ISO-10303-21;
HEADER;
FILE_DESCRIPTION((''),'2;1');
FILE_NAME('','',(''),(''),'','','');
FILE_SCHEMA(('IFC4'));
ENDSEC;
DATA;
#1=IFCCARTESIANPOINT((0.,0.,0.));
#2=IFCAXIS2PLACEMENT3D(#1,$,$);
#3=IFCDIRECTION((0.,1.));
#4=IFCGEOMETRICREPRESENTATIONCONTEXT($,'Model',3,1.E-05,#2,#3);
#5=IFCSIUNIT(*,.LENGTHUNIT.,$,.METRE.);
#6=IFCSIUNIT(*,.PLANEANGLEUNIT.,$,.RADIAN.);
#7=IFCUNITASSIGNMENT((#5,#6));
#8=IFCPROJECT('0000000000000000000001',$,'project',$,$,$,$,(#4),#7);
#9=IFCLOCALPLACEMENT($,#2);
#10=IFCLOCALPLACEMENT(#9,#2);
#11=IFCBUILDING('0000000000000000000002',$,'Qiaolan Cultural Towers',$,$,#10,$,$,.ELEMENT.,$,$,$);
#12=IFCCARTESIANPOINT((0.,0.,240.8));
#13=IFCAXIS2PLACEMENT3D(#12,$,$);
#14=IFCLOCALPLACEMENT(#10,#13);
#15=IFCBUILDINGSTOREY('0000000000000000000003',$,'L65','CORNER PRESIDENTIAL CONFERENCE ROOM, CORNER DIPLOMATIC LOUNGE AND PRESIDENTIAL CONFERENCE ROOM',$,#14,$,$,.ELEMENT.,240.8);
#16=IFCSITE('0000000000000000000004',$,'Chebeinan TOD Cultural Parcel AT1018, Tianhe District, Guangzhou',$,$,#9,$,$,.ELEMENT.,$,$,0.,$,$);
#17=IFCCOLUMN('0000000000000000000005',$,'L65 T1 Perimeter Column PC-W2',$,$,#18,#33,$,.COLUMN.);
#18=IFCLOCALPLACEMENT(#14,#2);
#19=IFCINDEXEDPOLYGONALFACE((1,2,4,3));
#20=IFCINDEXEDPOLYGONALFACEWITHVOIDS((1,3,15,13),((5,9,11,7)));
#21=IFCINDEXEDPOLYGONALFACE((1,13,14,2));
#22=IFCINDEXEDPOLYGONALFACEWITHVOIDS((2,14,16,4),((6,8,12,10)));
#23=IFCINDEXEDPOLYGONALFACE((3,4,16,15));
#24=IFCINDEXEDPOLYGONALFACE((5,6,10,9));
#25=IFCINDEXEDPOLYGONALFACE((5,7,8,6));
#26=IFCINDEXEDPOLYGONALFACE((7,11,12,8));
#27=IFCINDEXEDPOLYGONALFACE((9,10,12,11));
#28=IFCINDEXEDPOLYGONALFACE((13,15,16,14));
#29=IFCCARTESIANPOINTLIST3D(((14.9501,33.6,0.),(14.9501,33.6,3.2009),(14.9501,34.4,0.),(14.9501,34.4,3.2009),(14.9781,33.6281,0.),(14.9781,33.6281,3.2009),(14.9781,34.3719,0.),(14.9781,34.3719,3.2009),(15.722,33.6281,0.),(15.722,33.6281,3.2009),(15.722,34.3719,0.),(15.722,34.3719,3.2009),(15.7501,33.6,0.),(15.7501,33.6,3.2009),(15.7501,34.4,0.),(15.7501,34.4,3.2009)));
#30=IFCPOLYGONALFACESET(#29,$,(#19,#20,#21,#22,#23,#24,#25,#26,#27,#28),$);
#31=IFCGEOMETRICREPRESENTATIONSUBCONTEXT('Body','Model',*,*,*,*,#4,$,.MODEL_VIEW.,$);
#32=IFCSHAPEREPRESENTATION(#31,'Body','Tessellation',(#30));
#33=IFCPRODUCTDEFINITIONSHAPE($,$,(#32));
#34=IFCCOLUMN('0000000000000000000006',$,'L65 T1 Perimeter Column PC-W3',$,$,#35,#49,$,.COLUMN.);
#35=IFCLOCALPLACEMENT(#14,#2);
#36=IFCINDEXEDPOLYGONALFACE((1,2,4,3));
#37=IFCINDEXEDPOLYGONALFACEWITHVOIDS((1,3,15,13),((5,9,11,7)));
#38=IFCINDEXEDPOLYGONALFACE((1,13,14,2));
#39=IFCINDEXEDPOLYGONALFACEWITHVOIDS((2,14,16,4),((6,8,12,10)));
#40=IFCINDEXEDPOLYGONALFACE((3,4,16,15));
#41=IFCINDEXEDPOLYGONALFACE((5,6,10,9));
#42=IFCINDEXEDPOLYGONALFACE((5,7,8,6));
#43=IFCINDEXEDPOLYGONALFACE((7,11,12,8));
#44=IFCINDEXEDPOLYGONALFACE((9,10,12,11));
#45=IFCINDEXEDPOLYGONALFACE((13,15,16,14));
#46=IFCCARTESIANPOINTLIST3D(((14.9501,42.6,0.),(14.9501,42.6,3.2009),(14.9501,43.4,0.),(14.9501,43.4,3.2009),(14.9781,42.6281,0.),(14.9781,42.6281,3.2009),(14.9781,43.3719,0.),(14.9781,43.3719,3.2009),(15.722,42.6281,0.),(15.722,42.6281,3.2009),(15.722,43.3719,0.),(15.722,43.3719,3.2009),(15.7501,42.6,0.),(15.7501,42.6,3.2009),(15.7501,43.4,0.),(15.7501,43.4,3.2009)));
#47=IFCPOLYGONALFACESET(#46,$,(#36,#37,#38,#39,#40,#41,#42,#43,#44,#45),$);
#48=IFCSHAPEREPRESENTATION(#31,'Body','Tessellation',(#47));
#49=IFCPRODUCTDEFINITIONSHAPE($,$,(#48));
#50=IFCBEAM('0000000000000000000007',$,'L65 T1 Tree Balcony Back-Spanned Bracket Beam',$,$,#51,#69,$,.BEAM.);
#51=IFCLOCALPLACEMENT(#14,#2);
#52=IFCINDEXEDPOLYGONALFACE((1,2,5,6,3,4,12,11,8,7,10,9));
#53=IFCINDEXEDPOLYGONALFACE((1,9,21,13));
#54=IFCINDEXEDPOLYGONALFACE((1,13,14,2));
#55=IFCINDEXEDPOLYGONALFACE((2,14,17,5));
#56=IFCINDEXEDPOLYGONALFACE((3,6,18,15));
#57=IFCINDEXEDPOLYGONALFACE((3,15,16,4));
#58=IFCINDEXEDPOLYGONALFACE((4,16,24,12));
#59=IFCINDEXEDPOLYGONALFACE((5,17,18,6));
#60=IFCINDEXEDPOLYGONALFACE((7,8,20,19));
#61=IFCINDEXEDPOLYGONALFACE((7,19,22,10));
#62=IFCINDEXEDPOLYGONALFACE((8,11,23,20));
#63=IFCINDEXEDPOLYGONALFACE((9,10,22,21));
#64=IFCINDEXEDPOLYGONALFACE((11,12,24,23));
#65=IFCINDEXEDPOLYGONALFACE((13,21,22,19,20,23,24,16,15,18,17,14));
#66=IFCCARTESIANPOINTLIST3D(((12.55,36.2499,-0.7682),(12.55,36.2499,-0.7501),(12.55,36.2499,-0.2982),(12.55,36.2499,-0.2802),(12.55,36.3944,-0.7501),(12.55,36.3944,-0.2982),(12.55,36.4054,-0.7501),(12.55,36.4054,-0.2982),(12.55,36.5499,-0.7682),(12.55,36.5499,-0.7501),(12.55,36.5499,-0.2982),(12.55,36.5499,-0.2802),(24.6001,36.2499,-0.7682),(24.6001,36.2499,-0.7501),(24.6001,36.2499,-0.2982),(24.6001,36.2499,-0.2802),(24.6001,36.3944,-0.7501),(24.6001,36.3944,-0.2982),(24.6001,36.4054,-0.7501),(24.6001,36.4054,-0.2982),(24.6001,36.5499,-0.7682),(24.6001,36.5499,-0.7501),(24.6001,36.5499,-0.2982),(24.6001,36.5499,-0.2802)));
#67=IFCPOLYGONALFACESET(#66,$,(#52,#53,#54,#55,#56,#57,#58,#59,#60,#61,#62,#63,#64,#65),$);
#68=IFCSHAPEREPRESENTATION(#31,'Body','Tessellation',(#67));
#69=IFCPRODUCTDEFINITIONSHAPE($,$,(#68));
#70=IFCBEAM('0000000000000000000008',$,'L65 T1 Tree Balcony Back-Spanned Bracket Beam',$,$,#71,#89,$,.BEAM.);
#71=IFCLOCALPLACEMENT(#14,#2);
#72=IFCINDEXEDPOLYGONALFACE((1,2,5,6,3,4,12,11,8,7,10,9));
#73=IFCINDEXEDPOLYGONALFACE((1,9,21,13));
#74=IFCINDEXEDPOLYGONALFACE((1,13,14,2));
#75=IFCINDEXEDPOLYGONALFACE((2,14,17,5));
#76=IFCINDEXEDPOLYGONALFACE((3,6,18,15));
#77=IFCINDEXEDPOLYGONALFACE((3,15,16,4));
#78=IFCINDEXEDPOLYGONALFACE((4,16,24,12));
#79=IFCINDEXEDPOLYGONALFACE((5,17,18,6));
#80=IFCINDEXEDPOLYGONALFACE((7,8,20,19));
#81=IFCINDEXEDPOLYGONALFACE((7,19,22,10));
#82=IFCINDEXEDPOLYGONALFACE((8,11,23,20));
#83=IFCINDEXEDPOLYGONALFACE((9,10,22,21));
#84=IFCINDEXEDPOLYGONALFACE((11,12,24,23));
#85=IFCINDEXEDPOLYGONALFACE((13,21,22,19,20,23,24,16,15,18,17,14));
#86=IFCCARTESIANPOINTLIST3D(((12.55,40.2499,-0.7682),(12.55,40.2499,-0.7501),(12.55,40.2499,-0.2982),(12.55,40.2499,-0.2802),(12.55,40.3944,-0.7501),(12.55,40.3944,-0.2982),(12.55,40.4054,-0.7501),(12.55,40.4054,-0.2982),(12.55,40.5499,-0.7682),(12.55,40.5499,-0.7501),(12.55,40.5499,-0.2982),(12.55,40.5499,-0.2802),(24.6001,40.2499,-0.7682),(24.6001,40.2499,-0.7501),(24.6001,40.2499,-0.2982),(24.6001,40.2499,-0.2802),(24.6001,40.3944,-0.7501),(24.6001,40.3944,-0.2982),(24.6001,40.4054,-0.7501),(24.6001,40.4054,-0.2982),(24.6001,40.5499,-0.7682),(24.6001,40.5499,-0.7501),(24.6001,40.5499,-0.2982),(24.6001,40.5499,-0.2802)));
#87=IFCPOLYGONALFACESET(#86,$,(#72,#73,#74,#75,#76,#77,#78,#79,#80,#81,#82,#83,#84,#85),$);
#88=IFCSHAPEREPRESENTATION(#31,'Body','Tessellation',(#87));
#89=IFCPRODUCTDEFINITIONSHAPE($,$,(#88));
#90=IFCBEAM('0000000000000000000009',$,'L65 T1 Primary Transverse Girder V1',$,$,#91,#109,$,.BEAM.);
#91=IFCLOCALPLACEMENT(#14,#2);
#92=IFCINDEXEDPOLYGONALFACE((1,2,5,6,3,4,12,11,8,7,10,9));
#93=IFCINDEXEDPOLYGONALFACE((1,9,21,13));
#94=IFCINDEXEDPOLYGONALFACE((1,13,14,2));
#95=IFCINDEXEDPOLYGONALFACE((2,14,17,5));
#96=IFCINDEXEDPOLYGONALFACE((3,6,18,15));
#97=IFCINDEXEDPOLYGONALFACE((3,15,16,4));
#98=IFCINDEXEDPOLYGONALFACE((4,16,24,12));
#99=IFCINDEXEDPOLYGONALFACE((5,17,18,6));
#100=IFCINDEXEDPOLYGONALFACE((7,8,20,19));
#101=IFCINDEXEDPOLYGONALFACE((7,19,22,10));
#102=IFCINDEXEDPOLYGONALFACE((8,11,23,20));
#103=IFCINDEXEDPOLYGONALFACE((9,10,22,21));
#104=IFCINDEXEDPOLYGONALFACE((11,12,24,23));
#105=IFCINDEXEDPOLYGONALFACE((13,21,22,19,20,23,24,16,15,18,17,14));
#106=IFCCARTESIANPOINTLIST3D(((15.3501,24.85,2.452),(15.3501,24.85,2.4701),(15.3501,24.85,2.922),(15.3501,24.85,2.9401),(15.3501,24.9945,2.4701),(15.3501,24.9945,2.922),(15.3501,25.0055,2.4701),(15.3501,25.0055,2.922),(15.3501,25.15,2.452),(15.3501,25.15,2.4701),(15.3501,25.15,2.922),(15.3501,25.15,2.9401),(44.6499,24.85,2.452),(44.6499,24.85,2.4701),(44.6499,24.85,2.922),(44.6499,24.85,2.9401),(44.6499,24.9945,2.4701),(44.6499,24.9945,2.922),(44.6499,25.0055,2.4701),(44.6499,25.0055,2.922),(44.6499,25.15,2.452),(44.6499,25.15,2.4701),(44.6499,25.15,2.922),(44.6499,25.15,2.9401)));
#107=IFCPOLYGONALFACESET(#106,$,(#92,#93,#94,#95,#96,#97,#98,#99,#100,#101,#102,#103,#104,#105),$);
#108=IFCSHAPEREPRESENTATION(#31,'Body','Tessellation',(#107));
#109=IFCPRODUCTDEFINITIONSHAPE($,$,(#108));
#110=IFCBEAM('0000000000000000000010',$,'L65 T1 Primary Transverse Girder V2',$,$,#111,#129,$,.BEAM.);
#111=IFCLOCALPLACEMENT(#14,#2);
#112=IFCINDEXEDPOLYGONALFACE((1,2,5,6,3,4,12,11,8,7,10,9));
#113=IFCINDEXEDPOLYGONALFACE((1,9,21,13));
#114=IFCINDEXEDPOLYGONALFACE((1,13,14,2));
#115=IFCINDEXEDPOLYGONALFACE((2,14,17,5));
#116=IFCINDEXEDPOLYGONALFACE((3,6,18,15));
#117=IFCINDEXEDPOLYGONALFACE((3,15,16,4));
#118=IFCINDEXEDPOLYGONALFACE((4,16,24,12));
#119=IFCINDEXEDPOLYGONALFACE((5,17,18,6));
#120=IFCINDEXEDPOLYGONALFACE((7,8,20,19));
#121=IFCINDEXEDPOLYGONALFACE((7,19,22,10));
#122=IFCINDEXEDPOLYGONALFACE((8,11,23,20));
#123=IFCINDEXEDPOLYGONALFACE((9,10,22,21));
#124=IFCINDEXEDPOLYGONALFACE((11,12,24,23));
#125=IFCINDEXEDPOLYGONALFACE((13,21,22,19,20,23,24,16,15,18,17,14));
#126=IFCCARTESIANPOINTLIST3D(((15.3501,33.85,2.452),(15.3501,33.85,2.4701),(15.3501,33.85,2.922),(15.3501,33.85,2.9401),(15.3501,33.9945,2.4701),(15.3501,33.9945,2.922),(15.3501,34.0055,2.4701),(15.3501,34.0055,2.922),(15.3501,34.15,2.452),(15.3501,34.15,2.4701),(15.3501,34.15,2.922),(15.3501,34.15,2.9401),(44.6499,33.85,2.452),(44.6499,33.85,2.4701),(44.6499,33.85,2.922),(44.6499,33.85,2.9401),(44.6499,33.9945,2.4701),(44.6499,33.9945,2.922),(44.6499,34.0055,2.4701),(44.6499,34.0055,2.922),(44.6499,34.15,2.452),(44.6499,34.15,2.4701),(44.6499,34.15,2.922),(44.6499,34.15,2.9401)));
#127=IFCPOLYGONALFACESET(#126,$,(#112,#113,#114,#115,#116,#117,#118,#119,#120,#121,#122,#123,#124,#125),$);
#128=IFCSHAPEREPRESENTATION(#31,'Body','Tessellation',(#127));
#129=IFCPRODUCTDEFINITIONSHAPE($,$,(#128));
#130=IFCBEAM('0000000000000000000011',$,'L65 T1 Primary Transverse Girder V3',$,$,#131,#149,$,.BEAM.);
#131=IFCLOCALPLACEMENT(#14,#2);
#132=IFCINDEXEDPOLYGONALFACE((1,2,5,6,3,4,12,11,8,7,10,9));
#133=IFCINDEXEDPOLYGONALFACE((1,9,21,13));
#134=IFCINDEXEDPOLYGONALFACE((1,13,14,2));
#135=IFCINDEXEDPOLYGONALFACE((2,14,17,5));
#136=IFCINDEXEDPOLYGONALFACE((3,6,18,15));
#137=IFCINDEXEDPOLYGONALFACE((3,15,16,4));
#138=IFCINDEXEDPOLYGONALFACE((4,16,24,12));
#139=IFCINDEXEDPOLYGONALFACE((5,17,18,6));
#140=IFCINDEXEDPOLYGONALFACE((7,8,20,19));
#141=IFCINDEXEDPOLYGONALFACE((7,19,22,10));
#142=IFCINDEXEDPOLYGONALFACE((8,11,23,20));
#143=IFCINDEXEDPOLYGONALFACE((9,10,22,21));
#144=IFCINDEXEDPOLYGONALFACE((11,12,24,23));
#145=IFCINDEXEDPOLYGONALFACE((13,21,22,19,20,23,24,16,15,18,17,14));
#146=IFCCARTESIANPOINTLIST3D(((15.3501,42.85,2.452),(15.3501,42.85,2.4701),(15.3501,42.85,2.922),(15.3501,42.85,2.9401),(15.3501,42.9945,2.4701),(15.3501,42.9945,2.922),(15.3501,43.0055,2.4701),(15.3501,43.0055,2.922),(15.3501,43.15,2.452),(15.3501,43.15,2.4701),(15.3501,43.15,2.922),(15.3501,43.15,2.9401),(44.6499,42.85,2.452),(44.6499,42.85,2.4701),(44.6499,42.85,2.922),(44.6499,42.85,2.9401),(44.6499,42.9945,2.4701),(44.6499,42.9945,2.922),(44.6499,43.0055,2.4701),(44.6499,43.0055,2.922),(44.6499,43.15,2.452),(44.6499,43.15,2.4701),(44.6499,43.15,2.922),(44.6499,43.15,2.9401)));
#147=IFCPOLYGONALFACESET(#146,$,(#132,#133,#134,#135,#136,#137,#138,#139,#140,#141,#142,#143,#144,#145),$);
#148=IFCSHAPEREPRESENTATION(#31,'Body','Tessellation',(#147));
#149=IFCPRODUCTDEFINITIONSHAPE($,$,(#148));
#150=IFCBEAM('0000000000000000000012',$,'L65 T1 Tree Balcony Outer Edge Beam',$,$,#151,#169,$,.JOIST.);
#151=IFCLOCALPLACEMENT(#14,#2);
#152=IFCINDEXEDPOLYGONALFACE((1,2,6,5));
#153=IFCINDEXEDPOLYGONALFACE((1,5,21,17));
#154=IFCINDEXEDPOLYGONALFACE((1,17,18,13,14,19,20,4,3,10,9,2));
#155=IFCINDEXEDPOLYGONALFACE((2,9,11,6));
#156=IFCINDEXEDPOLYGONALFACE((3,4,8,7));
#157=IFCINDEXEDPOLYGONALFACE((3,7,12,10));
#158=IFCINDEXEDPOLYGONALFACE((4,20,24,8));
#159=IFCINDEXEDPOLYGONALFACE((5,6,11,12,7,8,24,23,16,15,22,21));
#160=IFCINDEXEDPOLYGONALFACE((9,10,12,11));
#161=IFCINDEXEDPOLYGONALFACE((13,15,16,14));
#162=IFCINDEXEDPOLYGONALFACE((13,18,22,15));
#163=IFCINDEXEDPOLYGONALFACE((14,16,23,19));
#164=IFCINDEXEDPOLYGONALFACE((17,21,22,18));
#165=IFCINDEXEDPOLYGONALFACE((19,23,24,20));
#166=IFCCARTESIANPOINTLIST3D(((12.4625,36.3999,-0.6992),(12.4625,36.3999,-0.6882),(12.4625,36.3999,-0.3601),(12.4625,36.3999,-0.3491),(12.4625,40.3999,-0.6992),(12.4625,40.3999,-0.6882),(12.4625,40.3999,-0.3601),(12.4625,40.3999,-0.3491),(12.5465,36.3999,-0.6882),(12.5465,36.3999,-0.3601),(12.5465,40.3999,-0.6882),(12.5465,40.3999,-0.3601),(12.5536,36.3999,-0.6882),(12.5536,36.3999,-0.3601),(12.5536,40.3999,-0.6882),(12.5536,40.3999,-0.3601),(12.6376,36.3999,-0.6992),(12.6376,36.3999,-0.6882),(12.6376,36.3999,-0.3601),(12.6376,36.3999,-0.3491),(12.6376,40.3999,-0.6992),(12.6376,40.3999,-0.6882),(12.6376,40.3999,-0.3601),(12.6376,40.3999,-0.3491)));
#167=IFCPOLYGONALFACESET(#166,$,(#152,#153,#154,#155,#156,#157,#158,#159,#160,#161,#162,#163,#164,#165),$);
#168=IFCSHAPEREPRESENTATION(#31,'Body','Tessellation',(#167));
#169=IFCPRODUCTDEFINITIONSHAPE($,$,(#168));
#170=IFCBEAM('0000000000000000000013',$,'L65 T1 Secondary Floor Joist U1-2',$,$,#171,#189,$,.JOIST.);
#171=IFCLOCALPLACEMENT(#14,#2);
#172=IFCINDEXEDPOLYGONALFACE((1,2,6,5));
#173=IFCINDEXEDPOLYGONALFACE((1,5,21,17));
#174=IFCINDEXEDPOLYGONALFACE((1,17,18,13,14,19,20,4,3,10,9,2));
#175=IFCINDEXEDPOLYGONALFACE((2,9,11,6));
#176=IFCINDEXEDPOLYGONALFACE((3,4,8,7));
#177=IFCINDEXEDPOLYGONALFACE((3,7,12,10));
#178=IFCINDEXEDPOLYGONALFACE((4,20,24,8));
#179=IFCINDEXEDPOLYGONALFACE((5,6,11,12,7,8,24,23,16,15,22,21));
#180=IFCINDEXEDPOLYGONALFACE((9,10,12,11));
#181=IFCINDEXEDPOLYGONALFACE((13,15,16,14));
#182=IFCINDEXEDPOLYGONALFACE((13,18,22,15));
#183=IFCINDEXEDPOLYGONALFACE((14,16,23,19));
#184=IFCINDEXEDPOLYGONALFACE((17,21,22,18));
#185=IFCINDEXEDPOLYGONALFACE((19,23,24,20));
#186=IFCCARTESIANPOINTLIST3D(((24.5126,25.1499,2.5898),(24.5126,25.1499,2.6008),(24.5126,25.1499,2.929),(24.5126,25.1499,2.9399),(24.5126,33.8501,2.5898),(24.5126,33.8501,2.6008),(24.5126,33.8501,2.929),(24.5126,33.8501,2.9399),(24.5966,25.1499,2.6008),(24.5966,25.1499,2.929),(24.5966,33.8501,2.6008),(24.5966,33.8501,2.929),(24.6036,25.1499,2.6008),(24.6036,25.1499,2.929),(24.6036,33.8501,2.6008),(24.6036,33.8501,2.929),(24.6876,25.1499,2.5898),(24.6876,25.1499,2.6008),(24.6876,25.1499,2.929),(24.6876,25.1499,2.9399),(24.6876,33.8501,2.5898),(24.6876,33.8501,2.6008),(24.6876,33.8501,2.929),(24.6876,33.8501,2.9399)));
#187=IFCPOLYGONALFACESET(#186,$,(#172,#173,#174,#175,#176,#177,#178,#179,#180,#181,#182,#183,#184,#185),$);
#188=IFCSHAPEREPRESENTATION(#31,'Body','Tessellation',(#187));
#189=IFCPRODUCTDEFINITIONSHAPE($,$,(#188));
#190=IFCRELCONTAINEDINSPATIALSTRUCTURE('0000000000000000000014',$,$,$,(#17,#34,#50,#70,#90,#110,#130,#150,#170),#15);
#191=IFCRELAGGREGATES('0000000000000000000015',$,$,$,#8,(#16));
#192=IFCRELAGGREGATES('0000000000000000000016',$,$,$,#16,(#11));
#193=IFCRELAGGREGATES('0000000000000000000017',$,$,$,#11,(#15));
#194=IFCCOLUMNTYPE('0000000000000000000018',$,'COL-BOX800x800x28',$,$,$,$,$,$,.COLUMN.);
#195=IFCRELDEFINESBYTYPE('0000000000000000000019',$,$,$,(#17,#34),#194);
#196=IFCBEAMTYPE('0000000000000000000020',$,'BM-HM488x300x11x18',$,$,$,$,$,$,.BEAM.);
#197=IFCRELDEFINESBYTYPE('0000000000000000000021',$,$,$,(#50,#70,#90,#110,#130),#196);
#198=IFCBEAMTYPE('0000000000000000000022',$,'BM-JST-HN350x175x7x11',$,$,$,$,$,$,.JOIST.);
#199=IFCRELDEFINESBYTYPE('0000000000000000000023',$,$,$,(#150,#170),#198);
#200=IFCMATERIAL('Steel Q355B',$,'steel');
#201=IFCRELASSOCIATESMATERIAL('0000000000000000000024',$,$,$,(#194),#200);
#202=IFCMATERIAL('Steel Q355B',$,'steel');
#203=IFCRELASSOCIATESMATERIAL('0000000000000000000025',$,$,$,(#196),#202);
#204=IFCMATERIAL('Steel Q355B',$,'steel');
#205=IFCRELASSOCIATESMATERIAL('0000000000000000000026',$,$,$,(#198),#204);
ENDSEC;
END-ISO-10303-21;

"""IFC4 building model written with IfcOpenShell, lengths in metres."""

from ifc_helpers import new_model, si_unit, direction, frame, origin, origin_2d, place, context, subcontext, project, spatial, hollow_rectangle, i_section, extrude, material, material_profile, profile_set, type_object, element, save


model = new_model("IFC4")

# Units and contexts
model_context = context("Model", 3, precision=1e-05, world=origin(), true_north=direction((0.0, 1.0)))
body_context = subcontext(model_context, "Body", "Model", "MODEL_VIEW")
ifc_project = project(units=[si_unit("LENGTHUNIT", "METRE"), si_unit("PLANEANGLEUNIT", "RADIAN")], contexts=[model_context])

# Site, building, storey
site_placement = place(None, origin())
site = spatial("IfcSite", under=ifc_project, at=site_placement, Name="Chebeinan TOD Cultural Parcel AT1018, Tianhe District, Guangzhou", CompositionType="ELEMENT", RefElevation=0.0)
building_placement = place(site_placement, origin())
building = spatial("IfcBuilding", under=site, at=building_placement, Name="Qiaolan Cultural Towers", CompositionType="ELEMENT")
storey_placement = place(building_placement, frame((0.0, 0.0, 240.8)))
storey = spatial("IfcBuildingStorey", under=building, at=storey_placement, Name="L65", Description="CORNER PRESIDENTIAL CONFERENCE ROOM, CORNER DIPLOMATIC LOUNGE AND PRESIDENTIAL CONFERENCE ROOM", CompositionType="ELEMENT", Elevation=240.8)

# Columns
ifc_material_1 = material(Name="Steel Q355B", Category="steel")
ifc_material_profile_1 = material_profile(ifc_material_1, hollow_rectangle(XDim=0.8, YDim=0.8, WallThickness=0.0281, at=origin_2d()), Name="BOX800x800x28")
ifc_profile_set_1 = profile_set([ifc_material_profile_1], Name="Steel Q355B")
column_type = type_object("IfcColumnType", Name="COL-BOX800x800x28", PredefinedType="COLUMN", material=ifc_profile_set_1)
for number, where, z_axis, x_axis, name in (
    (1, (15.3501, 34.0, 0.0), (0.0, 0.0, 1.0), (1.0, 0.0, 0.0), "L65 T1 Perimeter Column PC-W2"),
    (2, (15.3501, 43.0, 0.0), (0.0, 0.0, 1.0), (1.0, 0.0, 0.0), "L65 T1 Perimeter Column PC-W3"),
):
    element("IfcColumn", number, at=place(storey_placement, frame(where, z_axis=z_axis, x_axis=x_axis)), inside=storey, type_object=column_type, Name=name, PredefinedType="COLUMN", context=body_context, shape_type="SweptSolid", body=[
        extrude(hollow_rectangle(XDim=0.8, YDim=0.8, WallThickness=0.0281, at=origin_2d()), origin(), (0.0, 0.0, 1.0), 3.2009),
    ])

# Beams
ifc_material_2 = material(Name="Steel Q355B", Category="steel")
ifc_material_profile_2 = material_profile(ifc_material_2, i_section(OverallWidth=0.3, OverallDepth=0.488, WebThickness=0.011, FlangeThickness=0.0181, at=origin_2d()), Name="HM488x300x11x18")
ifc_profile_set_2 = profile_set([ifc_material_profile_2], Name="Steel Q355B")
beam_type_1 = type_object("IfcBeamType", Name="BM-HM488x300x11x18", PredefinedType="BEAM", material=ifc_profile_set_2)
for number, where, z_axis, x_axis, name in (
    (3, (24.6001, 36.3999, -0.5242), (-1.0, 0.0, 0.0), (0.0, -1.0, 0.0), "L65 T1 Tree Balcony Back-Spanned Bracket Beam"),
    (4, (24.6001, 40.3999, -0.5242), (-1.0, 0.0, 0.0), (0.0, -1.0, 0.0), "L65 T1 Tree Balcony Back-Spanned Bracket Beam"),
):
    element("IfcBeam", number, at=place(storey_placement, frame(where, z_axis=z_axis, x_axis=x_axis)), inside=storey, type_object=beam_type_1, Name=name, PredefinedType="BEAM", context=body_context, shape_type="SweptSolid", body=[
        extrude(i_section(OverallWidth=0.3, OverallDepth=0.488, WebThickness=0.011, FlangeThickness=0.0181, at=origin_2d()), origin(), (0.0, 0.0, 1.0), 12.05),
    ])
for number, where, z_axis, x_axis, name in (
    (5, (15.3501, 25.0, 2.696), (1.0, 0.0, 0.0), (0.0, 1.0, 0.0), "L65 T1 Primary Transverse Girder V1"),
    (6, (15.3501, 34.0, 2.696), (1.0, 0.0, 0.0), (0.0, 1.0, 0.0), "L65 T1 Primary Transverse Girder V2"),
    (7, (15.3501, 43.0, 2.696), (1.0, 0.0, 0.0), (0.0, 1.0, 0.0), "L65 T1 Primary Transverse Girder V3"),
):
    element("IfcBeam", number, at=place(storey_placement, frame(where, z_axis=z_axis, x_axis=x_axis)), inside=storey, type_object=beam_type_1, Name=name, PredefinedType="BEAM", context=body_context, shape_type="SweptSolid", body=[
        extrude(i_section(OverallWidth=0.3, OverallDepth=0.488, WebThickness=0.011, FlangeThickness=0.0181, at=origin_2d()), origin(), (0.0, 0.0, 1.0), 29.2998),
    ])
ifc_material_3 = material(Name="Steel Q355B", Category="steel")
ifc_material_profile_3 = material_profile(ifc_material_3, i_section(OverallWidth=0.175, OverallDepth=0.3501, WebThickness=0.0071, FlangeThickness=0.011, at=origin_2d()), Name="HN350x175x7x11")
ifc_profile_set_3 = profile_set([ifc_material_profile_3], Name="Steel Q355B")
beam_type_2 = type_object("IfcBeamType", Name="BM-JST-HN350x175x7x11", PredefinedType="JOIST", material=ifc_profile_set_3)
beam_1_placement = place(storey_placement, frame((12.55, 36.3999, -0.5242), z_axis=(0.0, 1.0, 0.0), x_axis=(-1.0, 0.0, 0.0)))
element("IfcBeam", 8, at=beam_1_placement, inside=storey, type_object=beam_type_2, Name="L65 T1 Tree Balcony Outer Edge Beam", PredefinedType="JOIST", context=body_context, shape_type="SweptSolid", body=[
    extrude(i_section(OverallWidth=0.175, OverallDepth=0.3501, WebThickness=0.0071, FlangeThickness=0.011, at=origin_2d()), origin(), (0.0, 0.0, 1.0), 4.0),
])
for number, where, z_axis, x_axis, name in (
    (9, (24.6001, 25.1499, 2.7649), (0.0, 1.0, 0.0), (-1.0, 0.0, 0.0), "L65 T1 Secondary Floor Joist U1-2"),
):
    element("IfcBeam", number, at=place(storey_placement, frame(where, z_axis=z_axis, x_axis=x_axis)), inside=storey, type_object=beam_type_2, Name=name, PredefinedType="JOIST", context=body_context, shape_type="SweptSolid", body=[
        extrude(i_section(OverallWidth=0.175, OverallDepth=0.3501, WebThickness=0.0071, FlangeThickness=0.011, at=origin_2d()), origin(), (0.0, 0.0, 1.0), 8.7002),
    ])

save(model, "model.ifc")
